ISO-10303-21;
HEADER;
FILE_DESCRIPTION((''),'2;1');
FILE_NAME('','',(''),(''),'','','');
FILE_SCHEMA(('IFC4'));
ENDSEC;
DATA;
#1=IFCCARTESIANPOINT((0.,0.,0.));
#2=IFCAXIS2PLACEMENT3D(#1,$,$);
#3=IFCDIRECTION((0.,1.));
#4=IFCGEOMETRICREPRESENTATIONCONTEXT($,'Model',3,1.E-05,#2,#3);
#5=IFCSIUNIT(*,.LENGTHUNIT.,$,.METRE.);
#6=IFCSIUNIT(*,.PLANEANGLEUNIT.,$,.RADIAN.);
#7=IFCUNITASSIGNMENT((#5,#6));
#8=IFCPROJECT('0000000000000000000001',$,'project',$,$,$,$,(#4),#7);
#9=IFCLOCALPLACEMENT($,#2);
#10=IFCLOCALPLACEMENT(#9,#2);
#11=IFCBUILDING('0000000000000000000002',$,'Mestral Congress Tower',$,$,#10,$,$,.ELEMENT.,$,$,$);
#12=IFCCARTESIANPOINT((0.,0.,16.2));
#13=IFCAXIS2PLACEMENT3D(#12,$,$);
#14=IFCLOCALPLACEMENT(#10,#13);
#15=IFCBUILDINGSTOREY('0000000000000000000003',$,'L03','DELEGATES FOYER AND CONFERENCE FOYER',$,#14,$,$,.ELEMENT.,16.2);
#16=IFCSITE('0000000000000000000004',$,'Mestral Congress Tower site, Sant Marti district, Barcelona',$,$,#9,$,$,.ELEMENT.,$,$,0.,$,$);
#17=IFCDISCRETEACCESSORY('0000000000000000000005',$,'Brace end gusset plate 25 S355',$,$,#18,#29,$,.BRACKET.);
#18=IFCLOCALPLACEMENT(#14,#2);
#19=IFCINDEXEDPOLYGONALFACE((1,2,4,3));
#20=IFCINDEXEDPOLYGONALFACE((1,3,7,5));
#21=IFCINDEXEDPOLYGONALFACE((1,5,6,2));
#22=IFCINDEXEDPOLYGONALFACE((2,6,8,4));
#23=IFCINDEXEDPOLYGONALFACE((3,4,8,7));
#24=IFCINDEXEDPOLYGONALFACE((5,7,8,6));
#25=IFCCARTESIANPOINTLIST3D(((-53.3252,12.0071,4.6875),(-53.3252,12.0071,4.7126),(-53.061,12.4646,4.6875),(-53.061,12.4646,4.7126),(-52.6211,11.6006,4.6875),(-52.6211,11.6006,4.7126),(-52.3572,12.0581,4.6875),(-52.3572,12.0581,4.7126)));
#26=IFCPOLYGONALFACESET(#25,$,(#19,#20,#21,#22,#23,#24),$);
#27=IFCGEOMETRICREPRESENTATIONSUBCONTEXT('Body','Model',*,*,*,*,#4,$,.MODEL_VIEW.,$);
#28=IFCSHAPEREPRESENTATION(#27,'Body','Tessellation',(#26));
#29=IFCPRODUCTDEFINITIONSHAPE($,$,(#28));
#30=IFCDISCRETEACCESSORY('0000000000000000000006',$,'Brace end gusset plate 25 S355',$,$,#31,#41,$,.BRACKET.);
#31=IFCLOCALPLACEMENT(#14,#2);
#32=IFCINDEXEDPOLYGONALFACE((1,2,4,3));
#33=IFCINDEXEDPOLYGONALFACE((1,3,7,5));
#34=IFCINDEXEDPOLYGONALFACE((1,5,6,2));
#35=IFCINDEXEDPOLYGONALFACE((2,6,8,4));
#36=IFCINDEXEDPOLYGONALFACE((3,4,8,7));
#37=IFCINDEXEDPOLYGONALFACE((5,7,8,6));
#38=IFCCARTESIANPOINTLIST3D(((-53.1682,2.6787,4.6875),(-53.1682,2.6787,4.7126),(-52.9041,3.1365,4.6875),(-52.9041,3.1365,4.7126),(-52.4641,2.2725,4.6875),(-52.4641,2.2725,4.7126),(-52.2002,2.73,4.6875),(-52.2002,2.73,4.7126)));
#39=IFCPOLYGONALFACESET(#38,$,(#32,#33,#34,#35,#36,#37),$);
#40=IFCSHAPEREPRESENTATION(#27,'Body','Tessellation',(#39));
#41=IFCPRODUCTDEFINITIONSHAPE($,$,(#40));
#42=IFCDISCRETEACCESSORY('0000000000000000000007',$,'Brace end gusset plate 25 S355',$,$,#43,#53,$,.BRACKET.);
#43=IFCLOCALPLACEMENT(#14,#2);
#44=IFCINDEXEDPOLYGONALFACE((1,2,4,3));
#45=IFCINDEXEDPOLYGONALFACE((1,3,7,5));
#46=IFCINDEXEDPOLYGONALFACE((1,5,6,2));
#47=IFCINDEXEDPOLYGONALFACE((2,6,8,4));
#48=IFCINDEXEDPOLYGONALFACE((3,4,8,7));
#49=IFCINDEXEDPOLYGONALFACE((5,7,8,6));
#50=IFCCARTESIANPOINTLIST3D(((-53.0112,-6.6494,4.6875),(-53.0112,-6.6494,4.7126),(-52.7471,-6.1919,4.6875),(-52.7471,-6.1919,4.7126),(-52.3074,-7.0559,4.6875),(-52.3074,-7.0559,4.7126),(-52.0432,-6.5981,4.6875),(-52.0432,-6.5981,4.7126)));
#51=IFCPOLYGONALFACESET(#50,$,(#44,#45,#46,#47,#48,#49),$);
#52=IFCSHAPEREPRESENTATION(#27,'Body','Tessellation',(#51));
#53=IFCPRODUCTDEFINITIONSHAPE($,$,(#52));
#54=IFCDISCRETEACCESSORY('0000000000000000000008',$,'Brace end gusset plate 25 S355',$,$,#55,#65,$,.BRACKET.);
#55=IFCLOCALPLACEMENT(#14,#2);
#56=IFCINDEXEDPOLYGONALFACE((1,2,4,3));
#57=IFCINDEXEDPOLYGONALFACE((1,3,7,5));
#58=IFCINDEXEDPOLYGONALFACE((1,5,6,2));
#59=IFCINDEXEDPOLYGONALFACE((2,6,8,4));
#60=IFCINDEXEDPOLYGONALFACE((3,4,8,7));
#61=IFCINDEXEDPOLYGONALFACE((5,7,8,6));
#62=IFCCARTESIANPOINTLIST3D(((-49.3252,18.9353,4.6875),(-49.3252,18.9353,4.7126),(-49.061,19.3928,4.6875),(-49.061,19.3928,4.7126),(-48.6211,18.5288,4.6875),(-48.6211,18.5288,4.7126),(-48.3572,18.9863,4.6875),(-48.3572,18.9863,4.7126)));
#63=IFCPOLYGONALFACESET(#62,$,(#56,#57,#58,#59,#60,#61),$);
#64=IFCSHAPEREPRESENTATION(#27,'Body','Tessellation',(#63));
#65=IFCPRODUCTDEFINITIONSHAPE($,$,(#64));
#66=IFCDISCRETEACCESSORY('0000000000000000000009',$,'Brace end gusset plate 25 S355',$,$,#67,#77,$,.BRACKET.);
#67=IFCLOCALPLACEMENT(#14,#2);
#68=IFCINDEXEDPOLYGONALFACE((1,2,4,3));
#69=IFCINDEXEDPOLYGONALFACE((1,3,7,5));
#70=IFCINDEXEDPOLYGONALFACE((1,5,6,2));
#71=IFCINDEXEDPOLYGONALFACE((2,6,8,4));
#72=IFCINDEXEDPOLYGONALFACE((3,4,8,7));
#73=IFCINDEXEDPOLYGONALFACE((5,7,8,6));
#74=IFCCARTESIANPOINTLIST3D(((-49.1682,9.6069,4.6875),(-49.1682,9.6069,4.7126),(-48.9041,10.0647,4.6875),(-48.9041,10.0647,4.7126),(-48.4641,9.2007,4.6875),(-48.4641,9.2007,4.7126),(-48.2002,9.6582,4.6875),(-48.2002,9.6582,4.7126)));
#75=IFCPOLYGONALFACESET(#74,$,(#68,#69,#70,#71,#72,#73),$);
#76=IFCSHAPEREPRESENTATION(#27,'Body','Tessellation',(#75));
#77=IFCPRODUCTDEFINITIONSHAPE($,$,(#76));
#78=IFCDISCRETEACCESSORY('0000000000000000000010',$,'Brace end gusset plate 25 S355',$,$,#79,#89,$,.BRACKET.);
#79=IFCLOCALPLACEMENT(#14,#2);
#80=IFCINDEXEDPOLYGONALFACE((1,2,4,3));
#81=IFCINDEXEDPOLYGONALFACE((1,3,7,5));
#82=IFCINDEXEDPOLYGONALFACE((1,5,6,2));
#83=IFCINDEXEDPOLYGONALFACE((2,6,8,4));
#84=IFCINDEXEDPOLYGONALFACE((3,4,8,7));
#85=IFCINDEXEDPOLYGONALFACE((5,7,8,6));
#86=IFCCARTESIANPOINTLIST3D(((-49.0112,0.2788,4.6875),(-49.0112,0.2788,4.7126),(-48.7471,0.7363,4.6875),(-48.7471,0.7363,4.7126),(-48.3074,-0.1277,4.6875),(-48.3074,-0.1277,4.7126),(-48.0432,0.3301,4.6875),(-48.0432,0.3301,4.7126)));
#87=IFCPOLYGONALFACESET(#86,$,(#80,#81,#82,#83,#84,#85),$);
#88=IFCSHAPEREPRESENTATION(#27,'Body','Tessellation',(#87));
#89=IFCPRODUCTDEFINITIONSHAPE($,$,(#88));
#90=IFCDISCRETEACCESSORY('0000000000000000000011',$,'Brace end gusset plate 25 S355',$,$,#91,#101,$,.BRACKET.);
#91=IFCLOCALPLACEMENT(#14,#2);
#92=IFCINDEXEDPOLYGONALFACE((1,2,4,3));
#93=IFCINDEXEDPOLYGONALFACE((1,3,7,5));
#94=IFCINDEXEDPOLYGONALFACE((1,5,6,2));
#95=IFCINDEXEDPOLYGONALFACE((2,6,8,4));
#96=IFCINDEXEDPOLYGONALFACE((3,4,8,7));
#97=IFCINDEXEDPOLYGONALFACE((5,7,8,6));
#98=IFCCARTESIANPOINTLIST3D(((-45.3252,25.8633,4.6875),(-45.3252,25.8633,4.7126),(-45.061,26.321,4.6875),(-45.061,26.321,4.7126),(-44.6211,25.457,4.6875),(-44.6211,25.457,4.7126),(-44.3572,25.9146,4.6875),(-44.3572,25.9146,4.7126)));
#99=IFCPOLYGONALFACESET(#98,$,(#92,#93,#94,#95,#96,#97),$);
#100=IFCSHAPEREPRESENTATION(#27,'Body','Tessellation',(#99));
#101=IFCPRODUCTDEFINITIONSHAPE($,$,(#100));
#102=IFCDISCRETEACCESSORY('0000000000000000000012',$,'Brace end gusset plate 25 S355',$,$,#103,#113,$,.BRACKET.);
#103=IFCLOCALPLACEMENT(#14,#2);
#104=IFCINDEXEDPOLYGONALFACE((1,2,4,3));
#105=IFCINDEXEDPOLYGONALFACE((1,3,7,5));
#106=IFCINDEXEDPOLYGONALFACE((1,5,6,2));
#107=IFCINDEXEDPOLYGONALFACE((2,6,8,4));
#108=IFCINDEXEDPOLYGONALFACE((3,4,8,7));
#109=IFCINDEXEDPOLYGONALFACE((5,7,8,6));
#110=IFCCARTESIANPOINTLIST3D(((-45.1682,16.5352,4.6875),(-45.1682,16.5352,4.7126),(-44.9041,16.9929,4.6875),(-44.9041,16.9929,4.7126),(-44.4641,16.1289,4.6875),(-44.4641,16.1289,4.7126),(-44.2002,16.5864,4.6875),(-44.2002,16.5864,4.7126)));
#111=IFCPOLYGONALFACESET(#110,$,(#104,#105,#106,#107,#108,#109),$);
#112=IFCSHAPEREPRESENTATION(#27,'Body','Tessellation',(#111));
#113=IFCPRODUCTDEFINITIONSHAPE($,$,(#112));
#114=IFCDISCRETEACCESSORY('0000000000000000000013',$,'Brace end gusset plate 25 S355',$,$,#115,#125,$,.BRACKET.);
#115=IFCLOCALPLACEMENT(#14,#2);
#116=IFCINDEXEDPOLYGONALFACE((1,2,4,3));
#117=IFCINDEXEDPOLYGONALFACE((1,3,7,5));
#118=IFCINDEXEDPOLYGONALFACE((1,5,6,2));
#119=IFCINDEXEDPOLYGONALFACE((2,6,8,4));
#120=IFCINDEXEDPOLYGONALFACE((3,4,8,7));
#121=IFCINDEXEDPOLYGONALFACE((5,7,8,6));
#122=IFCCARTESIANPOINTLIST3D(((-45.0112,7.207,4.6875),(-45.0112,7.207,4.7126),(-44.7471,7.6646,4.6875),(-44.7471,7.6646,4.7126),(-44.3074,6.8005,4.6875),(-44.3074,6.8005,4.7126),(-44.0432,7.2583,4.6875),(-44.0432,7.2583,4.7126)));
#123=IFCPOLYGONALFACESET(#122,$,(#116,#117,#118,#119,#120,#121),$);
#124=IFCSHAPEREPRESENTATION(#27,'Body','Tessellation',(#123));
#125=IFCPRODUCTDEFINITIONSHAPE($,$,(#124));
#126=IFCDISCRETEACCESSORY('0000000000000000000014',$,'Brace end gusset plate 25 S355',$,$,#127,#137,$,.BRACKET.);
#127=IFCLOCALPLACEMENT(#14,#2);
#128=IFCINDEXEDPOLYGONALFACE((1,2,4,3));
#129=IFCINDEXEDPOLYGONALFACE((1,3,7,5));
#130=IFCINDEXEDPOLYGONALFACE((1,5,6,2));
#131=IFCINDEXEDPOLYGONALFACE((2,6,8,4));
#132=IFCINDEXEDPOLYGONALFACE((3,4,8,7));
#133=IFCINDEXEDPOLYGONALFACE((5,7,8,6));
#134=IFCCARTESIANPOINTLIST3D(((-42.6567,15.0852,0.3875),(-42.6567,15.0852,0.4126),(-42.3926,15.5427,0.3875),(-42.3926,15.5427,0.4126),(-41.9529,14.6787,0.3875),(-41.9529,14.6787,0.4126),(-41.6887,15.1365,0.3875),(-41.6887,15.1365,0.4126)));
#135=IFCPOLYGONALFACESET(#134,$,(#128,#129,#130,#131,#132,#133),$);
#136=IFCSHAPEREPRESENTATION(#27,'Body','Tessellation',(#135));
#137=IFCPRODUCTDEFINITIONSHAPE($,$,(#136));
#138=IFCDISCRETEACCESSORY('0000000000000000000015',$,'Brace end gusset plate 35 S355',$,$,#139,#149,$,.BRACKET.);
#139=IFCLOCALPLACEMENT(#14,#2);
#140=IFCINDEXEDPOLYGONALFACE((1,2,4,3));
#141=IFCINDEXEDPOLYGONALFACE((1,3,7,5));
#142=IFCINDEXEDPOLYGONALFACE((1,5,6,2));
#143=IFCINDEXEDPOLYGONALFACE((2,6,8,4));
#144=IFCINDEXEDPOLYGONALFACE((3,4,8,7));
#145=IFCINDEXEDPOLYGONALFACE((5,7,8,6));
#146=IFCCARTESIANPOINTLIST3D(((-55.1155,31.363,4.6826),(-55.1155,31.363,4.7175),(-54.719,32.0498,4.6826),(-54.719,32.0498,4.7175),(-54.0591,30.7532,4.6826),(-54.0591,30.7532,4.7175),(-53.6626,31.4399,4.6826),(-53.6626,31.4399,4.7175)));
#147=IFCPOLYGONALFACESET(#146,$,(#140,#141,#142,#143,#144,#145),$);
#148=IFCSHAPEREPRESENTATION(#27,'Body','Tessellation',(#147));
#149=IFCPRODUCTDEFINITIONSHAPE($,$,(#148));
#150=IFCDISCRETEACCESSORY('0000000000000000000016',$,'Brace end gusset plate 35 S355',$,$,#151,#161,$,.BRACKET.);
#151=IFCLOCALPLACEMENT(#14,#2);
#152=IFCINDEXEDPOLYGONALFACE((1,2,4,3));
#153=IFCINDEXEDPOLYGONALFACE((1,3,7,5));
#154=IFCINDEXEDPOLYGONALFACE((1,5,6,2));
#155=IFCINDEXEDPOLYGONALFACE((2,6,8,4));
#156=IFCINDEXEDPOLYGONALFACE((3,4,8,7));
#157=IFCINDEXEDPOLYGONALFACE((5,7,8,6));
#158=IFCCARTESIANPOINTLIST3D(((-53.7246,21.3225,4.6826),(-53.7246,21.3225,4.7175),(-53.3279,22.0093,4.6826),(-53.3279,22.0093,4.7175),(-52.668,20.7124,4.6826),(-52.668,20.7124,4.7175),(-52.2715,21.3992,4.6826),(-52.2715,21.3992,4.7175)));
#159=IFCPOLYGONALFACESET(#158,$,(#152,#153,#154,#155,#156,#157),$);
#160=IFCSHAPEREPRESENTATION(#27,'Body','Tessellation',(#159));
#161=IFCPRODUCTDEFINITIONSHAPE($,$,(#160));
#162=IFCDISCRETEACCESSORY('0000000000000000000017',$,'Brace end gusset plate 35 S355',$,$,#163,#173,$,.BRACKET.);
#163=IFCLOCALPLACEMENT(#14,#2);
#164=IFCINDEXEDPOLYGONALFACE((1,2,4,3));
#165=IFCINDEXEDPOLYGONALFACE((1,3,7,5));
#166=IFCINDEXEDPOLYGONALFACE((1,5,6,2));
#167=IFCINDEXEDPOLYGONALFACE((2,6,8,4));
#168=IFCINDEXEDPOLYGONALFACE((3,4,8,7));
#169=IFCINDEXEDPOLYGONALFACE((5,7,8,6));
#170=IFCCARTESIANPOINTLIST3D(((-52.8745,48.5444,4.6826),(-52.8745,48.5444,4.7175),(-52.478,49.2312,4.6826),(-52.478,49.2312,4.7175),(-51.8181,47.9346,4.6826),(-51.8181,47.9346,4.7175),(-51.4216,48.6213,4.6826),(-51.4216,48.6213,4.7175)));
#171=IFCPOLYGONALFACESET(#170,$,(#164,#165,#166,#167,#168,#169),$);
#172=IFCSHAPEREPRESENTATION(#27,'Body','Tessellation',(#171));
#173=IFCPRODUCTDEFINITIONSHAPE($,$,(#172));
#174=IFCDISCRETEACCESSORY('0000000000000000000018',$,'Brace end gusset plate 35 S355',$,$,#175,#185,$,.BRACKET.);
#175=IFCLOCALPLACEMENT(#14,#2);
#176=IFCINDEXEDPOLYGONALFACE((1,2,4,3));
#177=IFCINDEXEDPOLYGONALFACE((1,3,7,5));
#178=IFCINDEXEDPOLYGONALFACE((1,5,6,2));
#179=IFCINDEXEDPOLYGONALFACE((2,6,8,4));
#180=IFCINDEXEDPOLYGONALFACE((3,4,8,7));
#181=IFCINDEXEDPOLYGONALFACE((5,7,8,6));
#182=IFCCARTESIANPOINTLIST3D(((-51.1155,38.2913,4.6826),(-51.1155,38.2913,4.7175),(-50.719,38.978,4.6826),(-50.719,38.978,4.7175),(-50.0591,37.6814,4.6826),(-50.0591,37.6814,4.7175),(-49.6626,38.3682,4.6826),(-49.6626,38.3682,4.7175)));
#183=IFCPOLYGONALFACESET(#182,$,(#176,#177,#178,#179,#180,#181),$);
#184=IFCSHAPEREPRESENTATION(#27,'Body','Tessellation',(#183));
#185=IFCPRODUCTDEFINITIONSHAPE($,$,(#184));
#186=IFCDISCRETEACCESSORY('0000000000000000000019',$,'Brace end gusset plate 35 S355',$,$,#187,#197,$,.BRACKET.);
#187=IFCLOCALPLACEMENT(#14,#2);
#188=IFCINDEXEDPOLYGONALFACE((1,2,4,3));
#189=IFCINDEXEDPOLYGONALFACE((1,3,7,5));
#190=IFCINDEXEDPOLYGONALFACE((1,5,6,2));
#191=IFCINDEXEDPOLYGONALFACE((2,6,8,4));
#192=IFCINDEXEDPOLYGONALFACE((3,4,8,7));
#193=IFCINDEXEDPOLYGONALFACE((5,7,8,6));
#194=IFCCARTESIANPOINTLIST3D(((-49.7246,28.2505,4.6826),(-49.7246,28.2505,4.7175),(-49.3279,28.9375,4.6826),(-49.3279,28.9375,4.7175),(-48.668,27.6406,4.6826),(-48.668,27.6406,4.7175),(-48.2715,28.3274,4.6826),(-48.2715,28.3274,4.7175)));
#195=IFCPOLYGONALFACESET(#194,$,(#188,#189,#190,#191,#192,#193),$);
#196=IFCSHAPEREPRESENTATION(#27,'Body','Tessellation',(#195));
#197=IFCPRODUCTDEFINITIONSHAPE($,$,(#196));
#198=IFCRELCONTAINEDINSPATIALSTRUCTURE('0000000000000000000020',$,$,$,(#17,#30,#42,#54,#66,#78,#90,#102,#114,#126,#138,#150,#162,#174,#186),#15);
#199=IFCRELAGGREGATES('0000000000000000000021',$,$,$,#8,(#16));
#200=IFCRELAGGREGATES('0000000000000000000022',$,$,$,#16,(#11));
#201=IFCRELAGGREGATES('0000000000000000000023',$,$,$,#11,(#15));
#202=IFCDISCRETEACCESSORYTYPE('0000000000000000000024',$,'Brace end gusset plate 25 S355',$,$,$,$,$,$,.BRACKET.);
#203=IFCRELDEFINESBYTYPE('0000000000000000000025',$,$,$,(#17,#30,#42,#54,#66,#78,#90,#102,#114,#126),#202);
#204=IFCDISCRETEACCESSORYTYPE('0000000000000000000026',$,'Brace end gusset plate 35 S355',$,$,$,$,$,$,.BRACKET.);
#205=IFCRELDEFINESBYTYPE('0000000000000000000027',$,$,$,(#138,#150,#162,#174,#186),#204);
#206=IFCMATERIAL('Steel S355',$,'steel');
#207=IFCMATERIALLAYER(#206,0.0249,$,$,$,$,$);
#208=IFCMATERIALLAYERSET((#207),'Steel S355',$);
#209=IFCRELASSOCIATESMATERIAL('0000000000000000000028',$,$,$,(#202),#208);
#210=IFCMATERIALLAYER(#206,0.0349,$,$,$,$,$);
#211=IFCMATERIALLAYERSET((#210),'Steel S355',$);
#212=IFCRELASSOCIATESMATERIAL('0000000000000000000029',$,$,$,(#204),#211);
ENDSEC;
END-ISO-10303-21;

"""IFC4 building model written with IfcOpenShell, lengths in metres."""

from ifc_helpers import new_model, si_unit, direction, frame, origin, place, context, subcontext, project, spatial, polyline, outline, extrude, material, layer, layer_set, type_object, element, save


model = new_model("IFC4")

# Units and contexts
model_context = context("Model", 3, precision=1e-05, world=origin(), true_north=direction((0.0, 1.0)))
body_context = subcontext(model_context, "Body", "Model", "MODEL_VIEW")
ifc_project = project(units=[si_unit("LENGTHUNIT", "METRE"), si_unit("PLANEANGLEUNIT", "RADIAN")], contexts=[model_context])

# Site, building, storey
site_placement = place(None, origin())
site = spatial("IfcSite", under=ifc_project, at=site_placement, Name="Mestral Congress Tower site, Sant Marti district, Barcelona", CompositionType="ELEMENT", RefElevation=0.0)
building_placement = place(site_placement, origin())
building = spatial("IfcBuilding", under=site, at=building_placement, Name="Mestral Congress Tower", CompositionType="ELEMENT")
storey_placement = place(building_placement, frame((0.0, 0.0, 16.2)))
storey = spatial("IfcBuildingStorey", under=building, at=storey_placement, Name="L03", Description="DELEGATES FOYER AND CONFERENCE FOYER", CompositionType="ELEMENT", Elevation=16.2)

# Discrete accessories
ifc_material = material(Name="Steel S355", Category="steel")
ifc_layer_1 = layer(ifc_material, 0.0249)
ifc_layer_set_1 = layer_set([ifc_layer_1], Name="Steel S355")
discrete_accessory_type_1 = type_object("IfcDiscreteAccessoryType", Name="Brace end gusset plate 25 S355", PredefinedType="BRACKET", material=ifc_layer_set_1)
placement_1 = place(storey_placement, frame((0.0, 0.0, 4.6875)))
element("IfcDiscreteAccessory", 1, at=placement_1, inside=storey, type_object=discrete_accessory_type_1, Name="Brace end gusset plate 25 S355", PredefinedType="BRACKET", context=body_context, shape_type="SweptSolid", body=[
    extrude(outline(polyline([(-53.3252, 12.0071), (-52.6211, 11.6006), (-52.3572, 12.0581), (-53.061, 12.4646), (-53.3252, 12.0071)])), origin(), (0.0, 0.0, 1.0), 0.0251),
])
element("IfcDiscreteAccessory", 2, at=placement_1, inside=storey, type_object=discrete_accessory_type_1, Name="Brace end gusset plate 25 S355", PredefinedType="BRACKET", context=body_context, shape_type="SweptSolid", body=[
    extrude(outline(polyline([(-53.1682, 2.6787), (-52.4641, 2.2725), (-52.2002, 2.73), (-52.9041, 3.1365), (-53.1682, 2.6787)])), origin(), (0.0, 0.0, 1.0), 0.0251),
])
element("IfcDiscreteAccessory", 3, at=placement_1, inside=storey, type_object=discrete_accessory_type_1, Name="Brace end gusset plate 25 S355", PredefinedType="BRACKET", context=body_context, shape_type="SweptSolid", body=[
    extrude(outline(polyline([(-53.0112, -6.6494), (-52.3074, -7.0559), (-52.0432, -6.5981), (-52.7471, -6.1919), (-53.0112, -6.6494)])), origin(), (0.0, 0.0, 1.0), 0.0251),
])
element("IfcDiscreteAccessory", 4, at=placement_1, inside=storey, type_object=discrete_accessory_type_1, Name="Brace end gusset plate 25 S355", PredefinedType="BRACKET", context=body_context, shape_type="SweptSolid", body=[
    extrude(outline(polyline([(-49.3252, 18.9353), (-48.6211, 18.5288), (-48.3572, 18.9863), (-49.061, 19.3928), (-49.3252, 18.9353)])), origin(), (0.0, 0.0, 1.0), 0.0251),
])
element("IfcDiscreteAccessory", 5, at=placement_1, inside=storey, type_object=discrete_accessory_type_1, Name="Brace end gusset plate 25 S355", PredefinedType="BRACKET", context=body_context, shape_type="SweptSolid", body=[
    extrude(outline(polyline([(-49.1682, 9.6069), (-48.4641, 9.2007), (-48.2002, 9.6582), (-48.9041, 10.0647), (-49.1682, 9.6069)])), origin(), (0.0, 0.0, 1.0), 0.0251),
])
element("IfcDiscreteAccessory", 6, at=placement_1, inside=storey, type_object=discrete_accessory_type_1, Name="Brace end gusset plate 25 S355", PredefinedType="BRACKET", context=body_context, shape_type="SweptSolid", body=[
    extrude(outline(polyline([(-49.0112, 0.2788), (-48.3074, -0.1277), (-48.0432, 0.3301), (-48.7471, 0.7363), (-49.0112, 0.2788)])), origin(), (0.0, 0.0, 1.0), 0.0251),
])
element("IfcDiscreteAccessory", 7, at=placement_1, inside=storey, type_object=discrete_accessory_type_1, Name="Brace end gusset plate 25 S355", PredefinedType="BRACKET", context=body_context, shape_type="SweptSolid", body=[
    extrude(outline(polyline([(-45.3252, 25.8633), (-44.6211, 25.457), (-44.3572, 25.9146), (-45.061, 26.321), (-45.3252, 25.8633)])), origin(), (0.0, 0.0, 1.0), 0.0251),
])
element("IfcDiscreteAccessory", 8, at=placement_1, inside=storey, type_object=discrete_accessory_type_1, Name="Brace end gusset plate 25 S355", PredefinedType="BRACKET", context=body_context, shape_type="SweptSolid", body=[
    extrude(outline(polyline([(-45.1682, 16.5352), (-44.4641, 16.1289), (-44.2002, 16.5864), (-44.9041, 16.9929), (-45.1682, 16.5352)])), origin(), (0.0, 0.0, 1.0), 0.0251),
])
element("IfcDiscreteAccessory", 9, at=placement_1, inside=storey, type_object=discrete_accessory_type_1, Name="Brace end gusset plate 25 S355", PredefinedType="BRACKET", context=body_context, shape_type="SweptSolid", body=[
    extrude(outline(polyline([(-45.0112, 7.207), (-44.3074, 6.8005), (-44.0432, 7.2583), (-44.7471, 7.6646), (-45.0112, 7.207)])), origin(), (0.0, 0.0, 1.0), 0.0251),
])
discrete_accessory_1_placement = place(storey_placement, frame((0.0, 0.0, 0.3875)))
element("IfcDiscreteAccessory", 10, at=discrete_accessory_1_placement, inside=storey, type_object=discrete_accessory_type_1, Name="Brace end gusset plate 25 S355", PredefinedType="BRACKET", context=body_context, shape_type="SweptSolid", body=[
    extrude(outline(polyline([(-42.6567, 15.0852), (-41.9529, 14.6787), (-41.6887, 15.1365), (-42.3926, 15.5427), (-42.6567, 15.0852)])), origin(), (0.0, 0.0, 1.0), 0.0251),
])
ifc_layer_2 = layer(ifc_material, 0.0349)
ifc_layer_set_2 = layer_set([ifc_layer_2], Name="Steel S355")
discrete_accessory_type_2 = type_object("IfcDiscreteAccessoryType", Name="Brace end gusset plate 35 S355", PredefinedType="BRACKET", material=ifc_layer_set_2)
placement_2 = place(storey_placement, frame((0.0, 0.0, 4.6826)))
element("IfcDiscreteAccessory", 11, at=placement_2, inside=storey, type_object=discrete_accessory_type_2, Name="Brace end gusset plate 35 S355", PredefinedType="BRACKET", context=body_context, shape_type="SweptSolid", body=[
    extrude(outline(polyline([(-55.1155, 31.363), (-54.0591, 30.7532), (-53.6626, 31.4399), (-54.719, 32.0498), (-55.1155, 31.363)])), origin(), (0.0, 0.0, 1.0), 0.0349),
])
element("IfcDiscreteAccessory", 12, at=placement_2, inside=storey, type_object=discrete_accessory_type_2, Name="Brace end gusset plate 35 S355", PredefinedType="BRACKET", context=body_context, shape_type="SweptSolid", body=[
    extrude(outline(polyline([(-53.7246, 21.3225), (-52.668, 20.7124), (-52.2715, 21.3992), (-53.3279, 22.0093), (-53.7246, 21.3225)])), origin(), (0.0, 0.0, 1.0), 0.0349),
])
element("IfcDiscreteAccessory", 13, at=placement_2, inside=storey, type_object=discrete_accessory_type_2, Name="Brace end gusset plate 35 S355", PredefinedType="BRACKET", context=body_context, shape_type="SweptSolid", body=[
    extrude(outline(polyline([(-52.8745, 48.5444), (-51.8181, 47.9346), (-51.4216, 48.6213), (-52.478, 49.2312), (-52.8745, 48.5444)])), origin(), (0.0, 0.0, 1.0), 0.0349),
])
element("IfcDiscreteAccessory", 14, at=placement_2, inside=storey, type_object=discrete_accessory_type_2, Name="Brace end gusset plate 35 S355", PredefinedType="BRACKET", context=body_context, shape_type="SweptSolid", body=[
    extrude(outline(polyline([(-51.1155, 38.2913), (-50.0591, 37.6814), (-49.6626, 38.3682), (-50.719, 38.978), (-51.1155, 38.2913)])), origin(), (0.0, 0.0, 1.0), 0.0349),
])
element("IfcDiscreteAccessory", 15, at=placement_2, inside=storey, type_object=discrete_accessory_type_2, Name="Brace end gusset plate 35 S355", PredefinedType="BRACKET", context=body_context, shape_type="SweptSolid", body=[
    extrude(outline(polyline([(-49.7246, 28.2505), (-48.668, 27.6406), (-48.2715, 28.3274), (-49.3279, 28.9375), (-49.7246, 28.2505)])), origin(), (0.0, 0.0, 1.0), 0.0349),
])

save(model, "model.ifc")
